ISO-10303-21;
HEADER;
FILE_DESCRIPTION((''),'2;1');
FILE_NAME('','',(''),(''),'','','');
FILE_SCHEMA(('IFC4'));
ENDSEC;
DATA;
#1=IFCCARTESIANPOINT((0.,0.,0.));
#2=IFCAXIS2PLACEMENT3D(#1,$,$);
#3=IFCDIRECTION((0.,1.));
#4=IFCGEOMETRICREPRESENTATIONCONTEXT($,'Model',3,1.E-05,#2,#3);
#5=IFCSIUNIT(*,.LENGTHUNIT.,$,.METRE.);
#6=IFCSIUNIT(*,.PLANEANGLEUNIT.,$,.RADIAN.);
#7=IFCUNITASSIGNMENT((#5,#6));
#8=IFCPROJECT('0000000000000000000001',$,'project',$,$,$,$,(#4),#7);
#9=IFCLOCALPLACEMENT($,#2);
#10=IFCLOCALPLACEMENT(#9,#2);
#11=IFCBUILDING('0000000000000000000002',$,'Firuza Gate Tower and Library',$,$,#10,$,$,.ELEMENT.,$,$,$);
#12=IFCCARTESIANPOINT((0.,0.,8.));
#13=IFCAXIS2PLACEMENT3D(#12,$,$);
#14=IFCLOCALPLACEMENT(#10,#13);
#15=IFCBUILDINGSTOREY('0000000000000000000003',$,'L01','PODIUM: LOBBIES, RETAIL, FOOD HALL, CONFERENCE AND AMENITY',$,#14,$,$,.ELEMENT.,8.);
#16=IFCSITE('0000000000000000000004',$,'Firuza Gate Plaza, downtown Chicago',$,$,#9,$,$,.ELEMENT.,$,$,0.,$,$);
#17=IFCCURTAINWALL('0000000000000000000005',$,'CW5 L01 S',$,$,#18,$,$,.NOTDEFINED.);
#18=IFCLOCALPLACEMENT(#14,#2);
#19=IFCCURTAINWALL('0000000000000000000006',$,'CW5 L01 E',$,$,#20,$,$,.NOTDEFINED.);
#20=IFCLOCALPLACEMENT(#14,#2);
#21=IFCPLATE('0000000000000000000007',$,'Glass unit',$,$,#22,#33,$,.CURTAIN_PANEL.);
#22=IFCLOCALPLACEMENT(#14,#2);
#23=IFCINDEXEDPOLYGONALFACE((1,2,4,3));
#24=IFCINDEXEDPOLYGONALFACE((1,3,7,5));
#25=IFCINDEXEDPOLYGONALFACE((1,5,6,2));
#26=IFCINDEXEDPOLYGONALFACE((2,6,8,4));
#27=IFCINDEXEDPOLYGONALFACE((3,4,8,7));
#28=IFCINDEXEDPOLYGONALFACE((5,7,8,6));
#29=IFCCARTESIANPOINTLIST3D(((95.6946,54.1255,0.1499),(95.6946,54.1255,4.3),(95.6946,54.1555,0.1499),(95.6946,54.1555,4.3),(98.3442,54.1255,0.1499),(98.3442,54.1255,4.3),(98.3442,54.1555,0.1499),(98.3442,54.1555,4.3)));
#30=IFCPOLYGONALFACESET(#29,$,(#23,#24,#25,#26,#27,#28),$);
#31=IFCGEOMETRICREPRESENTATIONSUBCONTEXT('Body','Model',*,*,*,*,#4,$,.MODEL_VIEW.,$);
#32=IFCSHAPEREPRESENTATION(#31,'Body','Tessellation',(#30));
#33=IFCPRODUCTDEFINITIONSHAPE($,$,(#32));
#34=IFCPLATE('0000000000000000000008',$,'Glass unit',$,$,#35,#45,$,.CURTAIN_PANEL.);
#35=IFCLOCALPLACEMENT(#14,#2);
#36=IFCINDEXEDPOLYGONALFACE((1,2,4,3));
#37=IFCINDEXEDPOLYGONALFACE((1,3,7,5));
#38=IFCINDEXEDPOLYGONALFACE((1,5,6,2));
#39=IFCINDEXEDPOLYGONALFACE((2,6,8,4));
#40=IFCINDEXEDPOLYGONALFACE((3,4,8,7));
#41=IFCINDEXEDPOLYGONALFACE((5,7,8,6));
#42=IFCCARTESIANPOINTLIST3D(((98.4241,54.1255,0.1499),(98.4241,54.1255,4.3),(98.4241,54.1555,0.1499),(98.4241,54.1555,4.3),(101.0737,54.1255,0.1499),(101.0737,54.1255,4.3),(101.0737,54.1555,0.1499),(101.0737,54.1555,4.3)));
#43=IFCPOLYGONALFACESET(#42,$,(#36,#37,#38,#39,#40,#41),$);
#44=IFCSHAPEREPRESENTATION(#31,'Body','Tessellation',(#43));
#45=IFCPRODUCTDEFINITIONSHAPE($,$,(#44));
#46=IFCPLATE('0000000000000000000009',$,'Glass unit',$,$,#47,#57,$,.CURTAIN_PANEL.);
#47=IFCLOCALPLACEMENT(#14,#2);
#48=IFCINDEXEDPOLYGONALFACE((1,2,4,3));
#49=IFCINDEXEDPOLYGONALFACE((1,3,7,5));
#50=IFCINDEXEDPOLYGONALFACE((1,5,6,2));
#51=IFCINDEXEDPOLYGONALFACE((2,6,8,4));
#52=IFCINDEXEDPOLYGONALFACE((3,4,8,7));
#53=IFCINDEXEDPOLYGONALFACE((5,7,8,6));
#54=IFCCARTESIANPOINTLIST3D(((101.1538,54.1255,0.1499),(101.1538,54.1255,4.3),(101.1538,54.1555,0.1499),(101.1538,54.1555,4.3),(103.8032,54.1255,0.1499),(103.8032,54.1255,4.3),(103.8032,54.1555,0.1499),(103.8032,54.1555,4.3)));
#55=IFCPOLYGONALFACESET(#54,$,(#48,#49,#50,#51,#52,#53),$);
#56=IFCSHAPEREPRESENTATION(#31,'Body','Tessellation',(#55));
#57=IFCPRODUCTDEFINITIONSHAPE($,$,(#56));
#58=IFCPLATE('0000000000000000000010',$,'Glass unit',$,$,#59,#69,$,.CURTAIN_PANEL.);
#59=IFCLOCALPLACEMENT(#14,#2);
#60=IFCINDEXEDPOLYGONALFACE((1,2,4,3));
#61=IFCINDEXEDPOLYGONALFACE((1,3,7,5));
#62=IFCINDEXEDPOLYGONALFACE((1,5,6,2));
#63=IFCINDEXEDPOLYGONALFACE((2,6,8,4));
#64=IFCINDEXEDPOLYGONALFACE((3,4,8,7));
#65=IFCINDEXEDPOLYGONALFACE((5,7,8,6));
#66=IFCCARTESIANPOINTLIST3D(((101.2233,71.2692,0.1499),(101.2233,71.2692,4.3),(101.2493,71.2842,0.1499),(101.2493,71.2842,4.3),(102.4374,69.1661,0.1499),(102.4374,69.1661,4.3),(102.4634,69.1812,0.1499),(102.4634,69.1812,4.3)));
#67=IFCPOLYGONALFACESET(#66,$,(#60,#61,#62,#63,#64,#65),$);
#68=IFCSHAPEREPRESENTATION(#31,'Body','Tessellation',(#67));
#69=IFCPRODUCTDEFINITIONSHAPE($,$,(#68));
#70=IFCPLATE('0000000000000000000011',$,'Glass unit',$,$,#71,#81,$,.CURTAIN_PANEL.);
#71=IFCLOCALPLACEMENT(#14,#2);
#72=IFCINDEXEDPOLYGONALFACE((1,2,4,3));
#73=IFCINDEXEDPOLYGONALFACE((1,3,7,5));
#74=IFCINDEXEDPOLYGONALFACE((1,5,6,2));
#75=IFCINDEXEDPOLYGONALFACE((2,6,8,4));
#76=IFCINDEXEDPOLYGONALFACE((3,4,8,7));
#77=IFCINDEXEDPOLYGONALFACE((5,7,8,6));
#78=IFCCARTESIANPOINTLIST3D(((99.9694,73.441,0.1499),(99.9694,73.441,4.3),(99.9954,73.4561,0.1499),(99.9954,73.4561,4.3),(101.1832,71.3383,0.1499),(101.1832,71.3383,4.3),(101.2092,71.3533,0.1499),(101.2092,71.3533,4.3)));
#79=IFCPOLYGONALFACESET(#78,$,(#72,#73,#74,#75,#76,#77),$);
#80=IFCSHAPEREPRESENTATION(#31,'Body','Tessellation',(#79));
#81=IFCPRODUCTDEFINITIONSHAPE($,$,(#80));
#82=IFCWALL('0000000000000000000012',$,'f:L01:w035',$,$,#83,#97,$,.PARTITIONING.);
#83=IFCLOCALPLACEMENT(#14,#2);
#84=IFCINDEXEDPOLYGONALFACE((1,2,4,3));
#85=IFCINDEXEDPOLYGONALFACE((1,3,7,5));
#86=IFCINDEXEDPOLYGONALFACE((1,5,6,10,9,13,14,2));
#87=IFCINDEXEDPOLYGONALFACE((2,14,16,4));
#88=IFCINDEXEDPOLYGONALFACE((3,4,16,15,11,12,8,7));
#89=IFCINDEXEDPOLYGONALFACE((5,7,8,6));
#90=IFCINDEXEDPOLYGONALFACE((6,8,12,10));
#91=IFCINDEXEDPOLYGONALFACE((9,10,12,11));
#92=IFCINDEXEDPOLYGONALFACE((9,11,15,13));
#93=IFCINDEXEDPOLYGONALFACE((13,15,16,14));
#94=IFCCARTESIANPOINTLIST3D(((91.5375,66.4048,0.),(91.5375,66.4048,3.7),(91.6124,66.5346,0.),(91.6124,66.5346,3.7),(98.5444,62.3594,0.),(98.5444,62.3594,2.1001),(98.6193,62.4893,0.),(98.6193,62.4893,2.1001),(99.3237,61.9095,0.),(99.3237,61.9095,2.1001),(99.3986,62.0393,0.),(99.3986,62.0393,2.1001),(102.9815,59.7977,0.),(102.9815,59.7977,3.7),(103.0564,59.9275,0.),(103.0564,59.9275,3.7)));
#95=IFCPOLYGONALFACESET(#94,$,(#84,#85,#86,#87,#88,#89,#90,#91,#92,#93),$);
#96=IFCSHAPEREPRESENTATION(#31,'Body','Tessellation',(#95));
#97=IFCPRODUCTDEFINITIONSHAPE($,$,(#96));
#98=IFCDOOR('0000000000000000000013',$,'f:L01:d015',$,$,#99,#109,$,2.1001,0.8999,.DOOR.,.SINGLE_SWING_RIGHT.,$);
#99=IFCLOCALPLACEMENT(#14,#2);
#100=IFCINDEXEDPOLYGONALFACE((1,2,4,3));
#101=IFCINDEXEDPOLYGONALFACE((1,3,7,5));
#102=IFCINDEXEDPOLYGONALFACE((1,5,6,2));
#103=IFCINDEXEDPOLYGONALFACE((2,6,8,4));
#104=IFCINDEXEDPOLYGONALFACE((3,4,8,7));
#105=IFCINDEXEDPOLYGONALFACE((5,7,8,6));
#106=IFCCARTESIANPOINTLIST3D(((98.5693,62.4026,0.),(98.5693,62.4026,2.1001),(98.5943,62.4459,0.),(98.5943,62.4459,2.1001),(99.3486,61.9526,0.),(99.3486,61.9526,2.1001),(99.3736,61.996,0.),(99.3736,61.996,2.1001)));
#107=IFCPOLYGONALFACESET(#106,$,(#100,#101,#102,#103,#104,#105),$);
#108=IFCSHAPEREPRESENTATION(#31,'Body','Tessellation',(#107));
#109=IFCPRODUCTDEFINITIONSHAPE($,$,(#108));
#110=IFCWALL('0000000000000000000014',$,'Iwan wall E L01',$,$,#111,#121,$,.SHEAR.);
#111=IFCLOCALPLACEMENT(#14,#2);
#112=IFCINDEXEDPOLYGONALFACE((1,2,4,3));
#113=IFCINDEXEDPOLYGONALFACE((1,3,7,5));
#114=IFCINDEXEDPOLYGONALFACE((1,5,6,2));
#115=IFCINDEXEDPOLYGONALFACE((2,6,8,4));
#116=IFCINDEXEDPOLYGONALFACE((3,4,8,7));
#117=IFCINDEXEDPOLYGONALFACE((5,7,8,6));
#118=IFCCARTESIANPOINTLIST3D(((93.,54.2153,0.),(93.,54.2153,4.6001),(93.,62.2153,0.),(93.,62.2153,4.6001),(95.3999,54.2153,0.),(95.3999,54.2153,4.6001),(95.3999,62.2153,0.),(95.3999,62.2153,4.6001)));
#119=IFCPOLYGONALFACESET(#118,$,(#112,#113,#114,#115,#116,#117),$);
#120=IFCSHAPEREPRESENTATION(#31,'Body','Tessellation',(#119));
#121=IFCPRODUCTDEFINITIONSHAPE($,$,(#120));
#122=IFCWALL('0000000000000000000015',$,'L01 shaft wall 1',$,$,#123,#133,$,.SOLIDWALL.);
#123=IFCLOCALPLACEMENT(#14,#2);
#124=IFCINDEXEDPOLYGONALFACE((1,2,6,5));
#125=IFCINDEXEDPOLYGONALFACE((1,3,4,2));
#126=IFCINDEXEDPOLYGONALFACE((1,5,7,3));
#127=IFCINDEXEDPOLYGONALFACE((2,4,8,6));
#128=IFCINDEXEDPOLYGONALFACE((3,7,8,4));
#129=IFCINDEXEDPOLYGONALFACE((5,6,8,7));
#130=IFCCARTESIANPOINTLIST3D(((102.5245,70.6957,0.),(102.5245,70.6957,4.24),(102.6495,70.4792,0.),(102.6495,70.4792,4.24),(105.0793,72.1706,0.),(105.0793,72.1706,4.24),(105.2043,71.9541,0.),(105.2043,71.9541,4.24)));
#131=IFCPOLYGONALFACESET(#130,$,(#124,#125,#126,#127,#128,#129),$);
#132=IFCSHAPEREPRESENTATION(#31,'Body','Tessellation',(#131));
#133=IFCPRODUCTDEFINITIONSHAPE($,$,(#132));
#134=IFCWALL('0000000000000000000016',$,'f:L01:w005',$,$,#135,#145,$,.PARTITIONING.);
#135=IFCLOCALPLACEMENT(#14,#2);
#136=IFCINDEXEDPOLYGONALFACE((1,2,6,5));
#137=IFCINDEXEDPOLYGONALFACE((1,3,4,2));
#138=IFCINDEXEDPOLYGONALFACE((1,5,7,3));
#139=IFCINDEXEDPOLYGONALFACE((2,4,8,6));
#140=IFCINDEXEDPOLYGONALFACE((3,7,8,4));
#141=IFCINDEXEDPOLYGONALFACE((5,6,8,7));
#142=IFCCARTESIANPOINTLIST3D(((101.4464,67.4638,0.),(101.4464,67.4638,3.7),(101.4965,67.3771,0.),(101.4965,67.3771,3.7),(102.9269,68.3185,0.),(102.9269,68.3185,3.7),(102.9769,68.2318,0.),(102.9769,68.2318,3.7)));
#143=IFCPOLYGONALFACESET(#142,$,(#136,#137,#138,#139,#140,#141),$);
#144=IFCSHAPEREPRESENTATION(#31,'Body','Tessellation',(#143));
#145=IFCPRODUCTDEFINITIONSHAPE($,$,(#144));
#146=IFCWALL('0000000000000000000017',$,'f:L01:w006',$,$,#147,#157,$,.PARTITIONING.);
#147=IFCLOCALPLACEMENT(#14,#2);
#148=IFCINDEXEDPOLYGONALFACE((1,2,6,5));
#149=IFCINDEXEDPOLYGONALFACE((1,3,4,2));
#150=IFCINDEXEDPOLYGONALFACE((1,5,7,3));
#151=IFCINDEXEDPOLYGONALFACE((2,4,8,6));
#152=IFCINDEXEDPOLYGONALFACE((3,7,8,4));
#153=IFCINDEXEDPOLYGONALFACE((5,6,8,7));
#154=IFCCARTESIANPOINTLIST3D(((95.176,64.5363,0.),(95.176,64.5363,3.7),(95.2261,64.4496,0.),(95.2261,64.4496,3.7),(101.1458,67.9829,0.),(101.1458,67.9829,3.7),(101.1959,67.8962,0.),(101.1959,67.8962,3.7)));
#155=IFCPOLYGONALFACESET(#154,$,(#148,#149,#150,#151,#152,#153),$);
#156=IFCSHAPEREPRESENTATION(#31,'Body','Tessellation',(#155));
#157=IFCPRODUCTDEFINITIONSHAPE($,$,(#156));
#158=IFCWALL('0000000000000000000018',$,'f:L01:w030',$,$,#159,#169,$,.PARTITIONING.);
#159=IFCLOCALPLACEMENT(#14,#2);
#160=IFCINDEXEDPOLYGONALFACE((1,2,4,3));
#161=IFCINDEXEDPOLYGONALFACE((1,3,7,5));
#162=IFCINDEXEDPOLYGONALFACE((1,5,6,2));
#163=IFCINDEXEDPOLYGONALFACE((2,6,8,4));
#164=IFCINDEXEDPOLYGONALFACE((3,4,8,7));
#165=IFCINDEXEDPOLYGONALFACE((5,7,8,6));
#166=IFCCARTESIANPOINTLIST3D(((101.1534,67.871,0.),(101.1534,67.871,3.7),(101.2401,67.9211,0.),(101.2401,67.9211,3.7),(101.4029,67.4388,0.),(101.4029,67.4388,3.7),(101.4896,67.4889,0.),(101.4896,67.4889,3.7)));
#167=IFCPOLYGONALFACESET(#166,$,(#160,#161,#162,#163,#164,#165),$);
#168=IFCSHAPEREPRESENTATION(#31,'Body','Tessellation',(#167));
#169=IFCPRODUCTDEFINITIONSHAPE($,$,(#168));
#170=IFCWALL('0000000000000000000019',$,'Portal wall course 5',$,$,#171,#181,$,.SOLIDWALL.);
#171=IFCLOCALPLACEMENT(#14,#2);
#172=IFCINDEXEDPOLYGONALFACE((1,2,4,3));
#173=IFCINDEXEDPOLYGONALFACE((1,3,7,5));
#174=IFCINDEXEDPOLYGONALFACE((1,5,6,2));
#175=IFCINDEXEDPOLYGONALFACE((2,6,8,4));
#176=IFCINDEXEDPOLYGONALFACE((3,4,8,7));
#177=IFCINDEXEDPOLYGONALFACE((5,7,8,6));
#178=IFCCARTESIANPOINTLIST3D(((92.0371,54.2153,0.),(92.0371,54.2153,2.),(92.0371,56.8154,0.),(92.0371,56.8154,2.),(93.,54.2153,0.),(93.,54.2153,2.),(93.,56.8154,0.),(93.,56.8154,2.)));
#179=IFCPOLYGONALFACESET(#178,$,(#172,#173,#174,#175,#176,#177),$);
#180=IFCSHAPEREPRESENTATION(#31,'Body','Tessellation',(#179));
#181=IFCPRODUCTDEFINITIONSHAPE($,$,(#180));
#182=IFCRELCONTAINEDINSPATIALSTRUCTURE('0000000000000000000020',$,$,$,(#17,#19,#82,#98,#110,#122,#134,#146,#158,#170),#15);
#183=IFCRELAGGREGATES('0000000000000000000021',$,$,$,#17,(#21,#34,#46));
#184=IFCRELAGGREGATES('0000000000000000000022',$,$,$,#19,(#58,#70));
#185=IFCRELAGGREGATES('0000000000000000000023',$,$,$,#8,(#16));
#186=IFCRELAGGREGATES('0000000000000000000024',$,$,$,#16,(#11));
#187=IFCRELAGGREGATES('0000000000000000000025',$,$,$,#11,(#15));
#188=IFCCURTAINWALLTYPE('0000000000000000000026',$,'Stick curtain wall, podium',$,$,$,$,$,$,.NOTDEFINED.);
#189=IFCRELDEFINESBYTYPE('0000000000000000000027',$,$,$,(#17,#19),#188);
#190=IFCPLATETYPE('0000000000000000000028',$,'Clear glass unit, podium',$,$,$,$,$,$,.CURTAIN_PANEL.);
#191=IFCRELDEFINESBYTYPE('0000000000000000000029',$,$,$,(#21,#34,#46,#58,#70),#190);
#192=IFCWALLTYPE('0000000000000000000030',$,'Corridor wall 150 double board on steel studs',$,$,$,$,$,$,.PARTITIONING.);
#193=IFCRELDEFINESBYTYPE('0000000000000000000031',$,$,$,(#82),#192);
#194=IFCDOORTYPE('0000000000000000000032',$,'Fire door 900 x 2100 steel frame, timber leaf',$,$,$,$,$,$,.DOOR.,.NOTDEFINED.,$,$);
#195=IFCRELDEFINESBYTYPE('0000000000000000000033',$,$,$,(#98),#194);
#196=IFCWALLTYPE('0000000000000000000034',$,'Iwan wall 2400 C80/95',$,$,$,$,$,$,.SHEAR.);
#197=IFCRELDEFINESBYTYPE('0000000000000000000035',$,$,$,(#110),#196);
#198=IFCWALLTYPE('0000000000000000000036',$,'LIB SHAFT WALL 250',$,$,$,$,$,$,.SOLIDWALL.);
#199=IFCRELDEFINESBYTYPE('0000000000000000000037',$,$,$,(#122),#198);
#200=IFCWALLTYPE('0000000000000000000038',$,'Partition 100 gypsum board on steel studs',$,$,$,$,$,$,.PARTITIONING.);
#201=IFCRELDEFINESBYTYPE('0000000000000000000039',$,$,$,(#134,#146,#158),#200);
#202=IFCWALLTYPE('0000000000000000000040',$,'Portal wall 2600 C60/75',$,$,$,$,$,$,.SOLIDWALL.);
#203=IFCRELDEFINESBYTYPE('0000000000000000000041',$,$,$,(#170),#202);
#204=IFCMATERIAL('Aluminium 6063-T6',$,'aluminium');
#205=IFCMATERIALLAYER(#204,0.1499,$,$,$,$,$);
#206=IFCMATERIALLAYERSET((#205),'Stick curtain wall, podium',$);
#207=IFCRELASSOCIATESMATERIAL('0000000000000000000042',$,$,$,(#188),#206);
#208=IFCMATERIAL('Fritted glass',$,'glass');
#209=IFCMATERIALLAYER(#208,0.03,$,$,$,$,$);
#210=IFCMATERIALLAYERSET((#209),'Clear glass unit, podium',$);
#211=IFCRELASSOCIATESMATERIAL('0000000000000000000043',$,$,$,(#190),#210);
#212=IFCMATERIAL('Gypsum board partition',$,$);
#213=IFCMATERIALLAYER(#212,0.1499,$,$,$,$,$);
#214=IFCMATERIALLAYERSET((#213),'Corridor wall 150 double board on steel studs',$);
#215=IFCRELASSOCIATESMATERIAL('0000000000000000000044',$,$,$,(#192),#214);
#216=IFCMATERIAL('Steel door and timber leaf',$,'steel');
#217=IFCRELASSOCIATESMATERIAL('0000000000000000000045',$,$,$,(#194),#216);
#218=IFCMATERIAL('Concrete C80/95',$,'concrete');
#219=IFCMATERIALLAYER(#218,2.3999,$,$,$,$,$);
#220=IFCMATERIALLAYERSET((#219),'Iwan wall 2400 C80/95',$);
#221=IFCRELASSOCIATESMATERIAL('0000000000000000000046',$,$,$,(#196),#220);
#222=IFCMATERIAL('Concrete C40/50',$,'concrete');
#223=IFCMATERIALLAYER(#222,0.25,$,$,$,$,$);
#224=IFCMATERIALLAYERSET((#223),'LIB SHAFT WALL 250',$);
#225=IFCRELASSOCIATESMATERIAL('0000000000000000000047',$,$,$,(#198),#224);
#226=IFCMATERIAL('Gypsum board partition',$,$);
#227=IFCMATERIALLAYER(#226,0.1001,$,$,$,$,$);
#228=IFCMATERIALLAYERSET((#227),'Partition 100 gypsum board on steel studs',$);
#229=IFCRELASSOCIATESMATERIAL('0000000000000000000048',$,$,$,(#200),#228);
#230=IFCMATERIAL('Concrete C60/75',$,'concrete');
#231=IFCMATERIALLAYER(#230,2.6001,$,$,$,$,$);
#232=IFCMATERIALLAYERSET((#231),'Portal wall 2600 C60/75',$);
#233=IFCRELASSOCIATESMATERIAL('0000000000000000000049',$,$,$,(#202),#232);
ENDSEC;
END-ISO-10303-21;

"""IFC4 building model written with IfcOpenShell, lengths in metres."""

from ifc_helpers import new_model, si_unit, direction, frame, frame_2d, origin, place, context, subcontext, project, spatial, polyline, rectangle, outline, extrude, material, layer, layer_set, type_object, element, fill, aggregate, save


model = new_model("IFC4")

# Units and contexts
model_context = context("Model", 3, precision=1e-05, world=origin(), true_north=direction((0.0, 1.0)))
body_context = subcontext(model_context, "Body", "Model", "MODEL_VIEW")
ifc_project = project(units=[si_unit("LENGTHUNIT", "METRE"), si_unit("PLANEANGLEUNIT", "RADIAN")], contexts=[model_context])

# Site, building, storey
site_placement = place(None, origin())
site = spatial("IfcSite", under=ifc_project, at=site_placement, Name="Firuza Gate Plaza, downtown Chicago", CompositionType="ELEMENT", RefElevation=0.0)
building_placement = place(site_placement, origin())
building = spatial("IfcBuilding", under=site, at=building_placement, Name="Firuza Gate Tower and Library", CompositionType="ELEMENT")
storey_placement = place(building_placement, frame((0.0, 0.0, 8.0)))
storey = spatial("IfcBuildingStorey", under=building, at=storey_placement, Name="L01", Description="PODIUM: LOBBIES, RETAIL, FOOD HALL, CONFERENCE AND AMENITY", CompositionType="ELEMENT", Elevation=8.0)

# Shared definitions
placement = place(storey_placement, origin())

# Curtain walls
ifc_material_1 = material(Name="Aluminium 6063-T6", Category="aluminium")
ifc_layer_1 = layer(ifc_material_1, 0.1499)
ifc_layer_set_1 = layer_set([ifc_layer_1], Name="Stick curtain wall, podium")
curtain_wall_type_1 = type_object("IfcCurtainWallType", Name="Stick curtain wall, podium", PredefinedType="NOTDEFINED", material=ifc_layer_set_1)
curtain_wall_1 = element("IfcCurtainWall", 1, at=placement, inside=storey, type_object=curtain_wall_type_1, Name="CW5 L01 S", PredefinedType="NOTDEFINED")
curtain_wall_2 = element("IfcCurtainWall", 2, at=placement, inside=storey, type_object=curtain_wall_type_1, Name="CW5 L01 E", PredefinedType="NOTDEFINED")

# Plates
ifc_material_2 = material(Name="Fritted glass", Category="glass")
ifc_layer_2 = layer(ifc_material_2, 0.03)
ifc_layer_set_2 = layer_set([ifc_layer_2], Name="Clear glass unit, podium")
plate_type = type_object("IfcPlateType", Name="Clear glass unit, podium", PredefinedType="CURTAIN_PANEL", material=ifc_layer_set_2)
plate_1_placement = place(storey_placement, frame((95.6946, 54.1255, 0.1499), z_axis=(0.0, -1.0, 0.0), x_axis=(1.0, 0.0, 0.0)))
plate_1 = element("IfcPlate", 3, at=plate_1_placement, type_object=plate_type, Name="Glass unit", PredefinedType="CURTAIN_PANEL", context=body_context, shape_type="SweptSolid", body=[
    extrude(outline(polyline([(0.0, 0.0), (2.6497, 0.0), (2.6497, 4.1501), (0.0, 4.1501), (0.0, 0.0)])), origin(), (0.0, 0.0, -1.0), 0.03),
])
plate_2_placement = place(storey_placement, frame((98.4241, 54.1255, 0.1499), z_axis=(0.0, -1.0, 0.0), x_axis=(1.0, 0.0, 0.0)))
plate_2 = element("IfcPlate", 4, at=plate_2_placement, type_object=plate_type, Name="Glass unit", PredefinedType="CURTAIN_PANEL", context=body_context, shape_type="SweptSolid", body=[
    extrude(outline(polyline([(0.0, 0.0), (2.6497, 0.0), (2.6497, 4.1501), (0.0, 4.1501), (0.0, 0.0)])), origin(), (0.0, 0.0, -1.0), 0.03),
])
plate_3_placement = place(storey_placement, frame((101.1538, 54.1255, 0.1499), z_axis=(0.0, -1.0, 0.0), x_axis=(1.0, 0.0, 0.0)))
plate_3 = element("IfcPlate", 5, at=plate_3_placement, type_object=plate_type, Name="Glass unit", PredefinedType="CURTAIN_PANEL", context=body_context, shape_type="SweptSolid", body=[
    extrude(outline(polyline([(0.0, 0.0), (2.6494, 0.0), (2.6494, 4.1501), (0.0, 4.1501), (0.0, 0.0)])), origin(), (0.0, 0.0, -1.0), 0.03),
])
aggregate(curtain_wall_1, [plate_1, plate_2, plate_3])
plate_4_placement = place(storey_placement, frame((102.4634, 69.1812, 0.1499), z_axis=(0.866038, 0.499978, 0.0), x_axis=(-0.499978, 0.866038, 0.0)))
plate_4 = element("IfcPlate", 6, at=plate_4_placement, type_object=plate_type, Name="Glass unit", PredefinedType="CURTAIN_PANEL", context=body_context, shape_type="SweptSolid", body=[
    extrude(outline(polyline([(0.0, 0.0), (2.4283, 0.0), (2.4283, 4.1501), (0.0, 4.1501), (0.0, 0.0)])), origin(), (0.0, 0.0, -1.0), 0.03),
])
plate_5_placement = place(storey_placement, frame((101.2092, 71.3533, 0.1499), z_axis=(0.866057, 0.499946, 0.0), x_axis=(-0.499946, 0.866057, 0.0)))
plate_5 = element("IfcPlate", 7, at=plate_5_placement, type_object=plate_type, Name="Glass unit", PredefinedType="CURTAIN_PANEL", context=body_context, shape_type="SweptSolid", body=[
    extrude(outline(polyline([(0.0, 0.0), (2.428, 0.0), (2.428, 4.1501), (0.0, 4.1501), (0.0, 0.0)])), origin(), (0.0, 0.0, -1.0), 0.03),
])
aggregate(curtain_wall_2, [plate_4, plate_5])

# Wall, opening, door
ifc_material_3 = material(Name="Gypsum board partition")
ifc_layer_3 = layer(ifc_material_3, 0.1499)
ifc_layer_set_3 = layer_set([ifc_layer_3], Name="Corridor wall 150 double board on steel studs")
wall_type_1 = type_object("IfcWallType", Name="Corridor wall 150 double board on steel studs", PredefinedType="PARTITIONING", material=ifc_layer_set_3)
wall_1_placement = place(storey_placement, frame((91.575, 66.4697, 0.0), z_axis=(0.0, 0.0, 1.0), x_axis=(0.866028, -0.499996, 0.0)))
wall_1 = element("IfcWall", 8, at=wall_1_placement, inside=storey, type_object=wall_type_1, Name="f:L01:w035", PredefinedType="PARTITIONING", context=body_context, shape_type="SweptSolid", body=[
    extrude(rectangle(XDim=13.2144, YDim=0.1499, at=frame_2d((6.6072, 0.0))), origin(), (0.0, 0.0, 1.0), 3.7),
])
opening_placement = place(wall_1_placement, frame((8.0908, 0.0, 0.0)))
opening = element("IfcOpeningElement", 9, at=opening_placement, cuts=wall_1, PredefinedType="OPENING", context=body_context, shape_type="SweptSolid", body=[
    extrude(rectangle(XDim=0.8999, YDim=2.1001, at=frame_2d((0.45, 1.05))), frame((0.0, 0.085, 0.0), z_axis=(0.0, -1.0, 0.0), x_axis=(1.0, 0.0, 0.0)), (0.0, 0.0, 1.0), 0.1699),
])
ifc_material_4 = material(Name="Steel door and timber leaf", Category="steel")
door_type = type_object("IfcDoorType", Name="Fire door 900 x 2100 steel frame, timber leaf", OperationType="NOTDEFINED", PredefinedType="DOOR", material=ifc_material_4)
door_placement = place(opening_placement, origin())
door = element("IfcDoor", 10, at=door_placement, inside=storey, type_object=door_type, Name="f:L01:d015", OperationType="SINGLE_SWING_RIGHT", OverallHeight=2.1001, OverallWidth=0.8999, PredefinedType="DOOR", context=body_context, shape_type="SweptSolid", body=[
    extrude(rectangle(XDim=0.8999, YDim=2.1001, at=frame_2d((0.45, 1.05))), frame((0.0, 0.0249, 0.0), z_axis=(0.0, -1.0, 0.0), x_axis=(1.0, 0.0, 0.0)), (0.0, 0.0, 1.0), 0.05),
])
fill(opening, door)

# Walls
ifc_material_5 = material(Name="Concrete C80/95", Category="concrete")
ifc_layer_4 = layer(ifc_material_5, 2.3999)
ifc_layer_set_4 = layer_set([ifc_layer_4], Name="Iwan wall 2400 C80/95")
wall_type_2 = type_object("IfcWallType", Name="Iwan wall 2400 C80/95", PredefinedType="SHEAR", material=ifc_layer_set_4)
wall_2_placement = place(storey_placement, frame((94.2, 54.2153, 0.0), z_axis=(0.0, 0.0, 1.0), x_axis=(0.0, 1.0, 0.0)))
element("IfcWall", 11, at=wall_2_placement, inside=storey, type_object=wall_type_2, Name="Iwan wall E L01", PredefinedType="SHEAR", context=body_context, shape_type="SweptSolid", body=[
    extrude(rectangle(XDim=8.0, YDim=2.3999, at=frame_2d((4.0, 0.0))), origin(), (0.0, 0.0, 1.0), 4.6001),
])
ifc_material_6 = material(Name="Concrete C40/50", Category="concrete")
ifc_layer_5 = layer(ifc_material_6, 0.25)
ifc_layer_set_5 = layer_set([ifc_layer_5], Name="LIB SHAFT WALL 250")
wall_type_3 = type_object("IfcWallType", Name="LIB SHAFT WALL 250", PredefinedType="SOLIDWALL", material=ifc_layer_set_5)
wall_3_placement = place(storey_placement, frame((102.5869, 70.5874, 0.0), z_axis=(0.0, 0.0, 1.0), x_axis=(0.866039, 0.499976, 0.0)))
element("IfcWall", 12, at=wall_3_placement, inside=storey, type_object=wall_type_3, Name="L01 shaft wall 1", PredefinedType="SOLIDWALL", context=body_context, shape_type="SweptSolid", body=[
    extrude(rectangle(XDim=2.95, YDim=0.25, at=frame_2d((1.4751, 0.0))), origin(), (0.0, 0.0, 1.0), 4.24),
])
ifc_material_7 = material(Name="Gypsum board partition")
ifc_layer_6 = layer(ifc_material_7, 0.1001)
ifc_layer_set_6 = layer_set([ifc_layer_6], Name="Partition 100 gypsum board on steel studs")
wall_type_4 = type_object("IfcWallType", Name="Partition 100 gypsum board on steel studs", PredefinedType="PARTITIONING", material=ifc_layer_set_6)
wall_4_placement = place(storey_placement, frame((101.4714, 67.4204, 0.0), z_axis=(0.0, 0.0, 1.0), x_axis=(0.866029, 0.499994, 0.0)))
element("IfcWall", 13, at=wall_4_placement, inside=storey, type_object=wall_type_4, Name="f:L01:w005", PredefinedType="PARTITIONING", context=body_context, shape_type="SweptSolid", body=[
    extrude(rectangle(XDim=1.7095, YDim=0.1001, at=frame_2d((0.8547, 0.0))), origin(), (0.0, 0.0, 1.0), 3.7),
])
wall_5_placement = place(storey_placement, frame((95.2009, 64.4929, 0.0), z_axis=(0.0, 0.0, 1.0), x_axis=(0.866031, 0.49999, 0.0)))
element("IfcWall", 14, at=wall_5_placement, inside=storey, type_object=wall_type_4, Name="f:L01:w006", PredefinedType="PARTITIONING", context=body_context, shape_type="SweptSolid", body=[
    extrude(rectangle(XDim=6.8933, YDim=0.1001, at=frame_2d((3.4468, 0.0))), origin(), (0.0, 0.0, 1.0), 3.7),
])
wall_6_placement = place(storey_placement, frame((101.4463, 67.4639, 0.0), z_axis=(0.0, 0.0, 1.0), x_axis=(-0.500033, 0.866006, 0.0)))
element("IfcWall", 15, at=wall_6_placement, inside=storey, type_object=wall_type_4, Name="f:L01:w030", PredefinedType="PARTITIONING", context=body_context, shape_type="SweptSolid", body=[
    extrude(rectangle(XDim=0.499, YDim=0.1001, at=frame_2d((0.2495, 0.0))), origin(), (0.0, 0.0, 1.0), 3.7),
])
ifc_material_8 = material(Name="Concrete C60/75", Category="concrete")
ifc_layer_7 = layer(ifc_material_8, 2.6001)
ifc_layer_set_7 = layer_set([ifc_layer_7], Name="Portal wall 2600 C60/75")
wall_type_5 = type_object("IfcWallType", Name="Portal wall 2600 C60/75", PredefinedType="SOLIDWALL", material=ifc_layer_set_7)
wall_7_placement = place(storey_placement, frame((92.0371, 55.5154, 0.0), z_axis=(0.0, 0.0, 1.0), x_axis=(1.0, 0.0, 0.0)))
element("IfcWall", 16, at=wall_7_placement, inside=storey, type_object=wall_type_5, Name="Portal wall course 5", PredefinedType="SOLIDWALL", context=body_context, shape_type="SweptSolid", body=[
    extrude(rectangle(XDim=0.9629, YDim=2.6001, at=frame_2d((0.4814, 0.0))), origin(), (0.0, 0.0, 1.0), 2.0),
])

save(model, "model.ifc")
